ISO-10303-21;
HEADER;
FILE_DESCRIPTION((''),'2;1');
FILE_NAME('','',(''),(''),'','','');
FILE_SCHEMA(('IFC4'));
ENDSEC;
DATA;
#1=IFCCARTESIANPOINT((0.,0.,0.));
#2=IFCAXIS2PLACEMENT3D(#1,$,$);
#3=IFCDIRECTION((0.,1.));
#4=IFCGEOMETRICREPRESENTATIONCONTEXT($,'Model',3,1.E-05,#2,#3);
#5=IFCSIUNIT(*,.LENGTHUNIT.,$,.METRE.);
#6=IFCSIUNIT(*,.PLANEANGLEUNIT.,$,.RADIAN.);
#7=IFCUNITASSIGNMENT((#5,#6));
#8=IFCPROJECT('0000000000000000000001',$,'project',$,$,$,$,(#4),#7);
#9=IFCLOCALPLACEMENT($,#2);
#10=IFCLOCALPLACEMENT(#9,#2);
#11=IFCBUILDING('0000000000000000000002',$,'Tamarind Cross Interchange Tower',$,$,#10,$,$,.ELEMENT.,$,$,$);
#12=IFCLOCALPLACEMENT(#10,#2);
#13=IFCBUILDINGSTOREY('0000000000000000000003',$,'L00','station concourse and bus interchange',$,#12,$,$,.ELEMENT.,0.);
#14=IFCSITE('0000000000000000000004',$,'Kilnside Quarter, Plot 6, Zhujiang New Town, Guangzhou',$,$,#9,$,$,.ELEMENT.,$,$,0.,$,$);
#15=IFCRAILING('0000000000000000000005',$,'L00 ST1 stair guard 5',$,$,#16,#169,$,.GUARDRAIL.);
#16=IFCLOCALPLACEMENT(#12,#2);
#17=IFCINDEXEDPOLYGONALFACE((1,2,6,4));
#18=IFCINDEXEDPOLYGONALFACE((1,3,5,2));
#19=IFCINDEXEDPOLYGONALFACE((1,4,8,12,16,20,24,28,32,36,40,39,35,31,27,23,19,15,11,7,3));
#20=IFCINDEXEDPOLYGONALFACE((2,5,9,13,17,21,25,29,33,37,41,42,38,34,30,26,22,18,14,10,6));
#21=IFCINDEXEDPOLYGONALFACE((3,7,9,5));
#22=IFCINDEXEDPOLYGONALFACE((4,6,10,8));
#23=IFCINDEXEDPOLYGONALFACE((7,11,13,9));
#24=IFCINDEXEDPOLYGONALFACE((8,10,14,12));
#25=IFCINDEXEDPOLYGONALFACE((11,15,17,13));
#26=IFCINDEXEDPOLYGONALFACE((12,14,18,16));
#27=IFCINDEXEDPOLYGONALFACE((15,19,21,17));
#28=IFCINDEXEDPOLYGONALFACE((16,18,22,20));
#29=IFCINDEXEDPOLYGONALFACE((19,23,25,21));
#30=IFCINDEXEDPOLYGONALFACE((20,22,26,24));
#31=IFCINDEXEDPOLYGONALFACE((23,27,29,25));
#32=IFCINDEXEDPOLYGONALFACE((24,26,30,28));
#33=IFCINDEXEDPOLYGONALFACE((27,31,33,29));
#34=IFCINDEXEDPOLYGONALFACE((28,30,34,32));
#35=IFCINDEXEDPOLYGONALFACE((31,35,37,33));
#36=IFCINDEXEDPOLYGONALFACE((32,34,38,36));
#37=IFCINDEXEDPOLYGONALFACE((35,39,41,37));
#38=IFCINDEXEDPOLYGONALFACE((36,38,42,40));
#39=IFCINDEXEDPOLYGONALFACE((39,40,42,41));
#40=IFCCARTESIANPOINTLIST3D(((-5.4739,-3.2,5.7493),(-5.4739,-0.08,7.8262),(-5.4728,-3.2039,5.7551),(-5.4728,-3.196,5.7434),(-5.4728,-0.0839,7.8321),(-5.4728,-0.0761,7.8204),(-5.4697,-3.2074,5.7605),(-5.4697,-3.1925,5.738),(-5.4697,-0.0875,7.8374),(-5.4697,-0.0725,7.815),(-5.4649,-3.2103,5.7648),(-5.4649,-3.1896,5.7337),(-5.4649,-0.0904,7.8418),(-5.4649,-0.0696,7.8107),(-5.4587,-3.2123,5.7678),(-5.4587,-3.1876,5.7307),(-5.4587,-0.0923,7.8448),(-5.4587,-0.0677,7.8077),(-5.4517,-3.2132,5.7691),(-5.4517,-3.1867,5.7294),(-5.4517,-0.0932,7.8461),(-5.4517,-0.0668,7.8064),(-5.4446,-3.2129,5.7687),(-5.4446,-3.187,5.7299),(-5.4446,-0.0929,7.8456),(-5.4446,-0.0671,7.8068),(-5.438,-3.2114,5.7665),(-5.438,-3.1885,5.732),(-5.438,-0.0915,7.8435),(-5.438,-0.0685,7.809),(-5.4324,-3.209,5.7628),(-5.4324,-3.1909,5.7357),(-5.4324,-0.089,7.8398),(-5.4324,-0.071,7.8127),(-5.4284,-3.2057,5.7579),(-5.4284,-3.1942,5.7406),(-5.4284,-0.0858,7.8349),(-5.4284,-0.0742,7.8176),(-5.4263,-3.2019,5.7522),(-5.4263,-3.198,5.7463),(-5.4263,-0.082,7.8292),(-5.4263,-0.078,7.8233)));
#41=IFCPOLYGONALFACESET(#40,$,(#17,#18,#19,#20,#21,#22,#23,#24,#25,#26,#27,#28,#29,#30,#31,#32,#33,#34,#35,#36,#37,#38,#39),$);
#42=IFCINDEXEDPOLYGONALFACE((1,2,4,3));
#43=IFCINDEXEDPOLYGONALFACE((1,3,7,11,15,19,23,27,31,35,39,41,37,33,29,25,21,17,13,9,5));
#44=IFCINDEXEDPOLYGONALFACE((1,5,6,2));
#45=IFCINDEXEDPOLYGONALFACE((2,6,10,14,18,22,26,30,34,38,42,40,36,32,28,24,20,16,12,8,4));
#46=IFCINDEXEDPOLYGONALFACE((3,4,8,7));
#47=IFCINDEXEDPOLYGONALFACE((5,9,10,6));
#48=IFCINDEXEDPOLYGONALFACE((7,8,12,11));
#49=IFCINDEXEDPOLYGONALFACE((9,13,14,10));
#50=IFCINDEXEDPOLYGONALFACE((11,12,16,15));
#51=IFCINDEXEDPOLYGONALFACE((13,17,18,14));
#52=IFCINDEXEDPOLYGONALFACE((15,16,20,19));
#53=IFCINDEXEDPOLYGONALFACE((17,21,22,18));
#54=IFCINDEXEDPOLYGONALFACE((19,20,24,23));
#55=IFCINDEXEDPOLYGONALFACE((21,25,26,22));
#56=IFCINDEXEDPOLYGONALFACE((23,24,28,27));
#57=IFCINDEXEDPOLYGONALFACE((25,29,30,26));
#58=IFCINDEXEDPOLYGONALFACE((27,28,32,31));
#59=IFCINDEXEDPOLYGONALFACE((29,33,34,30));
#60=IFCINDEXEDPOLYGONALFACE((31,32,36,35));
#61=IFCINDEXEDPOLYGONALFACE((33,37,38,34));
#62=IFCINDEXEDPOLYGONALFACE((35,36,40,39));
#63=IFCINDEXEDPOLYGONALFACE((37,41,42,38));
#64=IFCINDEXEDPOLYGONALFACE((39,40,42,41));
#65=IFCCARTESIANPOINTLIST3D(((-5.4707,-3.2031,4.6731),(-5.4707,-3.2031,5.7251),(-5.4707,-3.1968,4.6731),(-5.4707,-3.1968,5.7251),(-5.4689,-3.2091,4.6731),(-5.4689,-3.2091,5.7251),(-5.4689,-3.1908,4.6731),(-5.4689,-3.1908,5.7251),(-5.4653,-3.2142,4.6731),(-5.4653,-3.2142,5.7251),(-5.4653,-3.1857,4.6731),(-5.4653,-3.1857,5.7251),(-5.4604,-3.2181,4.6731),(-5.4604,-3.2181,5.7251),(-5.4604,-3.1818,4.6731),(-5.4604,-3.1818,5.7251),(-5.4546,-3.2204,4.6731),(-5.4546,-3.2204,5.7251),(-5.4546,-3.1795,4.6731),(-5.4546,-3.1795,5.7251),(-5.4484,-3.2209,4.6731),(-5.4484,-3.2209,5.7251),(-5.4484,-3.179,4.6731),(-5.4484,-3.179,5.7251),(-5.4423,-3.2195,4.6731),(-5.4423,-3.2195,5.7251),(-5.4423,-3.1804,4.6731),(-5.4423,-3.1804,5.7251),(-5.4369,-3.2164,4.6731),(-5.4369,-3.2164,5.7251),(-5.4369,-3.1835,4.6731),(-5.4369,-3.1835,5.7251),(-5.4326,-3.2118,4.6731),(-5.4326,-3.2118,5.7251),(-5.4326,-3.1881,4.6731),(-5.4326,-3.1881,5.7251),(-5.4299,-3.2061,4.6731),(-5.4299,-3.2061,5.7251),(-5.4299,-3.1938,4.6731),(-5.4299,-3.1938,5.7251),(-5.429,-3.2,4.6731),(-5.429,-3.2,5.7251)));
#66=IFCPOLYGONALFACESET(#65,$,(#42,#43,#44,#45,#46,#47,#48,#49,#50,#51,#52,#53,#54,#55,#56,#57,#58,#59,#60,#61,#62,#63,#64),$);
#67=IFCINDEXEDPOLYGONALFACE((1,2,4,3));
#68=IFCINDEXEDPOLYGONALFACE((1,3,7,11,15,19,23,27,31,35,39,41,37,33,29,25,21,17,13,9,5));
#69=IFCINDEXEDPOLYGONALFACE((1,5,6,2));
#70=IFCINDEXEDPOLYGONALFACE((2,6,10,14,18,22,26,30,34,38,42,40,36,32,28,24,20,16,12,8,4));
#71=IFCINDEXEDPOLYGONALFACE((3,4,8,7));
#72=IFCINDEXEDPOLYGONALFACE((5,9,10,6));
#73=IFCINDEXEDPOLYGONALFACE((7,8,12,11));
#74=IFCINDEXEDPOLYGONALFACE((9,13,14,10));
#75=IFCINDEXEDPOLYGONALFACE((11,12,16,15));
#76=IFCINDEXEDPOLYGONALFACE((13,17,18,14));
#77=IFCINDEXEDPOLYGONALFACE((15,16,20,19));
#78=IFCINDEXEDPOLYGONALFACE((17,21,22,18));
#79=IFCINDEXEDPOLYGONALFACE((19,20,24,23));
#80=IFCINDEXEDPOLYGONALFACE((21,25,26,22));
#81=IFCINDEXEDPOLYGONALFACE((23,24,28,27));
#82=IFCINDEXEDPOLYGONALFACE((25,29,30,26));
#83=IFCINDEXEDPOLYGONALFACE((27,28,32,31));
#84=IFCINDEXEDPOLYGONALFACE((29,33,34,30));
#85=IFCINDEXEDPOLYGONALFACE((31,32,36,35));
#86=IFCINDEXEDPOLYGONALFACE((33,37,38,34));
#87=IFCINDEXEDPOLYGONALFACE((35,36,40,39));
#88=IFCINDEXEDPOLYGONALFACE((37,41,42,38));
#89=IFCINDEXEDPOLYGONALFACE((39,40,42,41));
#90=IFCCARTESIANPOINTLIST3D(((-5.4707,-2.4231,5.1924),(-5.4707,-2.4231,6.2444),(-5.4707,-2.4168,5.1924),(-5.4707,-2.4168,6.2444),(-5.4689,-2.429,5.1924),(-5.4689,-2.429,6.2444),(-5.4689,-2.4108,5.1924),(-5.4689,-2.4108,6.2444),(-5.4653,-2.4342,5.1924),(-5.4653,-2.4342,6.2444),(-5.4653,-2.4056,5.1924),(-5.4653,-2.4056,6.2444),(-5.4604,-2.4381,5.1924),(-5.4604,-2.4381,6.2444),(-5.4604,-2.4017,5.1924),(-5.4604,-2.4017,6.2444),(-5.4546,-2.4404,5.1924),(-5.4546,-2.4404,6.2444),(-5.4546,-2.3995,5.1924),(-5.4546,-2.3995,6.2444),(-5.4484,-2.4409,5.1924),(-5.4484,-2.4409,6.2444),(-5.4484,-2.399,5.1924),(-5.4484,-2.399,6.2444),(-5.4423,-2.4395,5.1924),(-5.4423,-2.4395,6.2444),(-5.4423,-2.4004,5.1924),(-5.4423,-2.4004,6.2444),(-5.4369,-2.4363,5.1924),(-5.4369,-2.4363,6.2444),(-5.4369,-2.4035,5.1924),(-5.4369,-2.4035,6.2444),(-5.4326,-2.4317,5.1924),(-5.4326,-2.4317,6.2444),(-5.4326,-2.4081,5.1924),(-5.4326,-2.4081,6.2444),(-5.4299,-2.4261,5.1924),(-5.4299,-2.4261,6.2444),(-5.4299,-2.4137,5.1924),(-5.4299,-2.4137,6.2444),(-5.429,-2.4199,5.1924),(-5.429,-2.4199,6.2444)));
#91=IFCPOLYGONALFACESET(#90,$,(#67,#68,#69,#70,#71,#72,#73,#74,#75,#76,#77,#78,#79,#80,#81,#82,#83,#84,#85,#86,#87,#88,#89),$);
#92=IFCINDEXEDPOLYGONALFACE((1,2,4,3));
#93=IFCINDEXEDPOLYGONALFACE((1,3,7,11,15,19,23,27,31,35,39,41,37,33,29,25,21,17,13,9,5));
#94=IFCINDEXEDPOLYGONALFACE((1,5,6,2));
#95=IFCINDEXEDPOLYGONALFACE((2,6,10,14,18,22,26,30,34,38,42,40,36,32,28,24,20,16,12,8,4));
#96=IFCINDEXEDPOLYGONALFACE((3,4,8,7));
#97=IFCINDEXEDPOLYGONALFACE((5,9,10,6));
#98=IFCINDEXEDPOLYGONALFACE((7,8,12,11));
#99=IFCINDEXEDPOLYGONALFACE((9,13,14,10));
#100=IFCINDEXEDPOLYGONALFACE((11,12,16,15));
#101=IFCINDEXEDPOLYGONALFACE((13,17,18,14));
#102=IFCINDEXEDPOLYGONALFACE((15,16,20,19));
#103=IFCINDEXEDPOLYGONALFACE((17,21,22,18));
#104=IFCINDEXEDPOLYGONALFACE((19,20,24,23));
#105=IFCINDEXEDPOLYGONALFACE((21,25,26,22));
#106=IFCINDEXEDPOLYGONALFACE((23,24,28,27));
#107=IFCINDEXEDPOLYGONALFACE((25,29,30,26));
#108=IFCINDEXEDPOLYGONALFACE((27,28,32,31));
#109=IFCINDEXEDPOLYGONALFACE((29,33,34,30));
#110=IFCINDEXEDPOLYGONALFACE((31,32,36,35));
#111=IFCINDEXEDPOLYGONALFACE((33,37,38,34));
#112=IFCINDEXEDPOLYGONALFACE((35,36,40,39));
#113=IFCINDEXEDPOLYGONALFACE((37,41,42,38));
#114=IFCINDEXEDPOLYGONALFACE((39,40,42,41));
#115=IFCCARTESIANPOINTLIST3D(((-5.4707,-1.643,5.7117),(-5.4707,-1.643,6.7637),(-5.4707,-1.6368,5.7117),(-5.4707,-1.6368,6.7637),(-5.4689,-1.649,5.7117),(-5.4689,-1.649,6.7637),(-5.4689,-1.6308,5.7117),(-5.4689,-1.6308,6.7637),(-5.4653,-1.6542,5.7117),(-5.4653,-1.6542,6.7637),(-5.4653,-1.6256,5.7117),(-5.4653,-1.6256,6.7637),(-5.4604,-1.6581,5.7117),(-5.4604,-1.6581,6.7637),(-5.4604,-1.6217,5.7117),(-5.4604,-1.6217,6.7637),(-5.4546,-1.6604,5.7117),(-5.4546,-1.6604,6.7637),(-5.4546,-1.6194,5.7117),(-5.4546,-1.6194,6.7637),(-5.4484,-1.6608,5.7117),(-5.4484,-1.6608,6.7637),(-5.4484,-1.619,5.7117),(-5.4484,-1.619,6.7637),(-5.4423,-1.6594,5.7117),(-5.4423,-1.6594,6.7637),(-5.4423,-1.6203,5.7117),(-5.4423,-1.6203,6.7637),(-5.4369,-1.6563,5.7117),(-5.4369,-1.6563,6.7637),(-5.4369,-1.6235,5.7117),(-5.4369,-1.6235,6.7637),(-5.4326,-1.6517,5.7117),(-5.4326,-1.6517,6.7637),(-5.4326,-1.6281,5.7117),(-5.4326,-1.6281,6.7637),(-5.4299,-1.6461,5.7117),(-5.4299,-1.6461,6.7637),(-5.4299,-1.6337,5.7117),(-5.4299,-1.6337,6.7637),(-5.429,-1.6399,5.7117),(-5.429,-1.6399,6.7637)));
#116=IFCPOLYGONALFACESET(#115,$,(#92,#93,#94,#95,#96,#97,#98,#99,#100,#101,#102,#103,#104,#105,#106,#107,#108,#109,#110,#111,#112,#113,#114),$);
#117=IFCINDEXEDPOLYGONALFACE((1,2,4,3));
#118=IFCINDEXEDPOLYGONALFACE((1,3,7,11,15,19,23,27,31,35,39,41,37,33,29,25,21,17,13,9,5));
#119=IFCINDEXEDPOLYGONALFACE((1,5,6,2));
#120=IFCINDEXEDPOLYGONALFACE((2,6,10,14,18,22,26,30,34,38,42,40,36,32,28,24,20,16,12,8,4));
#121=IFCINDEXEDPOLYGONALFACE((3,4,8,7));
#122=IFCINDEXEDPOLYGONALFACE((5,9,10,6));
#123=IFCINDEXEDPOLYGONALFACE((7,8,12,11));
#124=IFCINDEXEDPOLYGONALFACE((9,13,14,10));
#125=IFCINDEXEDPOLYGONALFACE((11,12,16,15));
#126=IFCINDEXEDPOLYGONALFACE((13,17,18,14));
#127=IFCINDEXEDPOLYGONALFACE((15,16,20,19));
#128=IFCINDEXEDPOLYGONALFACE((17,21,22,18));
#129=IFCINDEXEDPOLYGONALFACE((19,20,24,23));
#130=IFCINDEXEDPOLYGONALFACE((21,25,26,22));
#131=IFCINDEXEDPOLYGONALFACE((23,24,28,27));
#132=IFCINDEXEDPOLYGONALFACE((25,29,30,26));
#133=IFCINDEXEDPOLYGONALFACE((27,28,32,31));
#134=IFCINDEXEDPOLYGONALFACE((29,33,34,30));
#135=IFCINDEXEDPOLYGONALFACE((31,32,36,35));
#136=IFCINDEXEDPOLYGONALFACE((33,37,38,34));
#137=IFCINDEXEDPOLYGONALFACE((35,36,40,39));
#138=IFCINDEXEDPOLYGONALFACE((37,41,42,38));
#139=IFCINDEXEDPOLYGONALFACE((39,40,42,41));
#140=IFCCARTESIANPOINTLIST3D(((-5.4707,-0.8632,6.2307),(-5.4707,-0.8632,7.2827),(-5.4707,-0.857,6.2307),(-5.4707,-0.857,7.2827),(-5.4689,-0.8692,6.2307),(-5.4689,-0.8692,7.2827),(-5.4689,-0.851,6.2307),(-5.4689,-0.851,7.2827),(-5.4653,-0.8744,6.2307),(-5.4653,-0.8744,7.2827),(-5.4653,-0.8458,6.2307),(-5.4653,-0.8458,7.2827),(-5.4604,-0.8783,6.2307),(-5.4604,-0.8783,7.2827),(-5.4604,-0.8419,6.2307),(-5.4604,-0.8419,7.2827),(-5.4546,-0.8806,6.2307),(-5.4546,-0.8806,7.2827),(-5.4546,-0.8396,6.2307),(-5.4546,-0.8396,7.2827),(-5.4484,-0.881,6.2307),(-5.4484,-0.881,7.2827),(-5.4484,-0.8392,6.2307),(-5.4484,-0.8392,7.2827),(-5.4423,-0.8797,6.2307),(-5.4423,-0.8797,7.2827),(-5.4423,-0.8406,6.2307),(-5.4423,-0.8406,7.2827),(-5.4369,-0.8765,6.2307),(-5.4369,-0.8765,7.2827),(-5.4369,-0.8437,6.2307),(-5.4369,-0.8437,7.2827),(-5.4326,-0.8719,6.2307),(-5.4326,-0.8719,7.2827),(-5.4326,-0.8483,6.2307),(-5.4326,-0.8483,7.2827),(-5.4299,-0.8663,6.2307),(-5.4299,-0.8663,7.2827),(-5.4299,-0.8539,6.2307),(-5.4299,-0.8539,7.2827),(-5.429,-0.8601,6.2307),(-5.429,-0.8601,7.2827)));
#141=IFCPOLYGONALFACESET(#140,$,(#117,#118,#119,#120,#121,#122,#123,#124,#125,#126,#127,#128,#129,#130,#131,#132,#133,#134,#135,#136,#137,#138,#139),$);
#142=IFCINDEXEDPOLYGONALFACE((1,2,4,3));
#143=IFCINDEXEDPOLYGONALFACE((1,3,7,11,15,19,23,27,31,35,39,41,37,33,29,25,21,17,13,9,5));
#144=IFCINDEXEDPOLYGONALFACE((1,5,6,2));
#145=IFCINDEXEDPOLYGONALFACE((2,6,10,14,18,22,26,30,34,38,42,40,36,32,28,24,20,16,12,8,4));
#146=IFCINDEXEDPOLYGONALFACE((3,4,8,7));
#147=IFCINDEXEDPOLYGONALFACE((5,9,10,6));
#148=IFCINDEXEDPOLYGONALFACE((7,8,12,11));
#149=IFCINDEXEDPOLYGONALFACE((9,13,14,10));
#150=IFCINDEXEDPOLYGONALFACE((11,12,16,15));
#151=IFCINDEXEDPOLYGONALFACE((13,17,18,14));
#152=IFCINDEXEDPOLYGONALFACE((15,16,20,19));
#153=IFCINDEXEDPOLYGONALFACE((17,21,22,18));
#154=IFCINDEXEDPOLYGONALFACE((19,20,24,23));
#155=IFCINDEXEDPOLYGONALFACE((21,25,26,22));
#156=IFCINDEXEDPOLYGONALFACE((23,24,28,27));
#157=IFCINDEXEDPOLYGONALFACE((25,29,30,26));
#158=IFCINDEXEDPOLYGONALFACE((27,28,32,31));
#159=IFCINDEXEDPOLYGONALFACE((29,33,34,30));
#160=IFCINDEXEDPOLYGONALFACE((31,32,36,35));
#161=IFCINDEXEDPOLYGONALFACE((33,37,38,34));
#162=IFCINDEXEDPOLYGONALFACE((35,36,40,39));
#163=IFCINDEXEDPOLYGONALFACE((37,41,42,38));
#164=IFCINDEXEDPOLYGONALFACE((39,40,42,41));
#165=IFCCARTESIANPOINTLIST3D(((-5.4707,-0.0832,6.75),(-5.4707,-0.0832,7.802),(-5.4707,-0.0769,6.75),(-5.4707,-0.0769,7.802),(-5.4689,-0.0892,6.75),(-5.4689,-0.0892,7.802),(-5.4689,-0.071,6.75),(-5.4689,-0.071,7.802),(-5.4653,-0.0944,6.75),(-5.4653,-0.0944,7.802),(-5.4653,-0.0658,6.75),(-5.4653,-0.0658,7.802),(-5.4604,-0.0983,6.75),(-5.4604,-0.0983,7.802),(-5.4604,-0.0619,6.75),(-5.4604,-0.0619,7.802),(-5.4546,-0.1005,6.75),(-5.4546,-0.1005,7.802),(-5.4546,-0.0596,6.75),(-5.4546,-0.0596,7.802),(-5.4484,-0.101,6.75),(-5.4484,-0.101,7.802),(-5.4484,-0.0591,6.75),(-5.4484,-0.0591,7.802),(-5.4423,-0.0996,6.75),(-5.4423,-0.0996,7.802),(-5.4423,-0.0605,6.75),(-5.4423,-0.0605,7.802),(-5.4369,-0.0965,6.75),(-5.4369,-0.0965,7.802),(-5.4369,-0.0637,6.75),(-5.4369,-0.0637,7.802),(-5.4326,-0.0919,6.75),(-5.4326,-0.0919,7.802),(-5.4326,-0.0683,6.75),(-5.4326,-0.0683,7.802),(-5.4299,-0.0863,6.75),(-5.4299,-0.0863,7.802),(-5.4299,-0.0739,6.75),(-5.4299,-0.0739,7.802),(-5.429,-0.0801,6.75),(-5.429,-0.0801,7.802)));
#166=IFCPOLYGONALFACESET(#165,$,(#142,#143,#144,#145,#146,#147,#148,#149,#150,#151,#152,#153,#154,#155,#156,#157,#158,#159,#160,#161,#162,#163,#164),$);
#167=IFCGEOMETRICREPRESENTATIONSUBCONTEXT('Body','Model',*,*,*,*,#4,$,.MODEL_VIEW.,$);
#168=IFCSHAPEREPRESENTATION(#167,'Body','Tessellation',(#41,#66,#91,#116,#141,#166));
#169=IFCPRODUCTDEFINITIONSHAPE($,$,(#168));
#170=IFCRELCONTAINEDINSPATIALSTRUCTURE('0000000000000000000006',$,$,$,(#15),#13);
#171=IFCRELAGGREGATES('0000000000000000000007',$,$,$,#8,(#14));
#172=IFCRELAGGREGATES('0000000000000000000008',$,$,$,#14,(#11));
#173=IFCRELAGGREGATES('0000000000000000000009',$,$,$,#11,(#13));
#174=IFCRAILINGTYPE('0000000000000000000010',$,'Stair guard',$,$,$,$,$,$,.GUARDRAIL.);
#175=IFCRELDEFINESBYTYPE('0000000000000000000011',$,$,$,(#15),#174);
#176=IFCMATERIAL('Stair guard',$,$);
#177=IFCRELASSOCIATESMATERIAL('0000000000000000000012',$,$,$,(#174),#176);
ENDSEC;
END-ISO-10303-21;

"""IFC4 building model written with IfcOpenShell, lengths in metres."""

from ifc_helpers import new_model, si_unit, direction, frame, origin, origin_2d, place, context, subcontext, project, spatial, circle, extrude, material, type_object, element, save


model = new_model("IFC4")

# Units and contexts
model_context = context("Model", 3, precision=1e-05, world=origin(), true_north=direction((0.0, 1.0)))
body_context = subcontext(model_context, "Body", "Model", "MODEL_VIEW")
ifc_project = project(units=[si_unit("LENGTHUNIT", "METRE"), si_unit("PLANEANGLEUNIT", "RADIAN")], contexts=[model_context])

# Site, building, storey
site_placement = place(None, origin())
site = spatial("IfcSite", under=ifc_project, at=site_placement, Name="Kilnside Quarter, Plot 6, Zhujiang New Town, Guangzhou", CompositionType="ELEMENT", RefElevation=0.0)
building_placement = place(site_placement, origin())
building = spatial("IfcBuilding", under=site, at=building_placement, Name="Tamarind Cross Interchange Tower", CompositionType="ELEMENT")
storey_placement = place(building_placement, origin())
storey = spatial("IfcBuildingStorey", under=building, at=storey_placement, Name="L00", Description="station concourse and bus interchange", CompositionType="ELEMENT", Elevation=0.0)

# Railing
ifc_material_1 = material(Name="Stair guard")
railing_type_1 = type_object("IfcRailingType", Name="Stair guard", PredefinedType="GUARDRAIL", material=ifc_material_1)
railing_1_placement = place(storey_placement, frame((-5.45, -3.2, 4.6731)))
element("IfcRailing", 1, at=railing_1_placement, inside=storey, type_object=railing_type_1, Name="L00 ST1 stair guard 5", PredefinedType="GUARDRAIL", context=body_context, shape_type="SweptSolid", body=[
    extrude(circle(Radius=0.0239, at=origin_2d()), frame((0.0, 0.0, 1.0762), z_axis=(0.0, 0.832421, 0.554144), x_axis=(-1.0, 0.0, 0.0)), (0.0, 0.0, 1.0), 3.748),
    extrude(circle(Radius=0.021, at=origin_2d()), origin(), (0.0, 0.0, 1.0), 1.052),
    extrude(circle(Radius=0.021, at=origin_2d()), frame((0.0, 0.78, 0.5193)), (0.0, 0.0, 1.0), 1.052),
    extrude(circle(Radius=0.021, at=origin_2d()), frame((0.0, 1.5601, 1.0386)), (0.0, 0.0, 1.0), 1.052),
    extrude(circle(Radius=0.021, at=origin_2d()), frame((0.0, 2.3398, 1.5576)), (0.0, 0.0, 1.0), 1.052),
    extrude(circle(Radius=0.021, at=origin_2d()), frame((0.0, 3.1199, 2.0769)), (0.0, 0.0, 1.0), 1.052),
])

save(model, "model.ifc")
